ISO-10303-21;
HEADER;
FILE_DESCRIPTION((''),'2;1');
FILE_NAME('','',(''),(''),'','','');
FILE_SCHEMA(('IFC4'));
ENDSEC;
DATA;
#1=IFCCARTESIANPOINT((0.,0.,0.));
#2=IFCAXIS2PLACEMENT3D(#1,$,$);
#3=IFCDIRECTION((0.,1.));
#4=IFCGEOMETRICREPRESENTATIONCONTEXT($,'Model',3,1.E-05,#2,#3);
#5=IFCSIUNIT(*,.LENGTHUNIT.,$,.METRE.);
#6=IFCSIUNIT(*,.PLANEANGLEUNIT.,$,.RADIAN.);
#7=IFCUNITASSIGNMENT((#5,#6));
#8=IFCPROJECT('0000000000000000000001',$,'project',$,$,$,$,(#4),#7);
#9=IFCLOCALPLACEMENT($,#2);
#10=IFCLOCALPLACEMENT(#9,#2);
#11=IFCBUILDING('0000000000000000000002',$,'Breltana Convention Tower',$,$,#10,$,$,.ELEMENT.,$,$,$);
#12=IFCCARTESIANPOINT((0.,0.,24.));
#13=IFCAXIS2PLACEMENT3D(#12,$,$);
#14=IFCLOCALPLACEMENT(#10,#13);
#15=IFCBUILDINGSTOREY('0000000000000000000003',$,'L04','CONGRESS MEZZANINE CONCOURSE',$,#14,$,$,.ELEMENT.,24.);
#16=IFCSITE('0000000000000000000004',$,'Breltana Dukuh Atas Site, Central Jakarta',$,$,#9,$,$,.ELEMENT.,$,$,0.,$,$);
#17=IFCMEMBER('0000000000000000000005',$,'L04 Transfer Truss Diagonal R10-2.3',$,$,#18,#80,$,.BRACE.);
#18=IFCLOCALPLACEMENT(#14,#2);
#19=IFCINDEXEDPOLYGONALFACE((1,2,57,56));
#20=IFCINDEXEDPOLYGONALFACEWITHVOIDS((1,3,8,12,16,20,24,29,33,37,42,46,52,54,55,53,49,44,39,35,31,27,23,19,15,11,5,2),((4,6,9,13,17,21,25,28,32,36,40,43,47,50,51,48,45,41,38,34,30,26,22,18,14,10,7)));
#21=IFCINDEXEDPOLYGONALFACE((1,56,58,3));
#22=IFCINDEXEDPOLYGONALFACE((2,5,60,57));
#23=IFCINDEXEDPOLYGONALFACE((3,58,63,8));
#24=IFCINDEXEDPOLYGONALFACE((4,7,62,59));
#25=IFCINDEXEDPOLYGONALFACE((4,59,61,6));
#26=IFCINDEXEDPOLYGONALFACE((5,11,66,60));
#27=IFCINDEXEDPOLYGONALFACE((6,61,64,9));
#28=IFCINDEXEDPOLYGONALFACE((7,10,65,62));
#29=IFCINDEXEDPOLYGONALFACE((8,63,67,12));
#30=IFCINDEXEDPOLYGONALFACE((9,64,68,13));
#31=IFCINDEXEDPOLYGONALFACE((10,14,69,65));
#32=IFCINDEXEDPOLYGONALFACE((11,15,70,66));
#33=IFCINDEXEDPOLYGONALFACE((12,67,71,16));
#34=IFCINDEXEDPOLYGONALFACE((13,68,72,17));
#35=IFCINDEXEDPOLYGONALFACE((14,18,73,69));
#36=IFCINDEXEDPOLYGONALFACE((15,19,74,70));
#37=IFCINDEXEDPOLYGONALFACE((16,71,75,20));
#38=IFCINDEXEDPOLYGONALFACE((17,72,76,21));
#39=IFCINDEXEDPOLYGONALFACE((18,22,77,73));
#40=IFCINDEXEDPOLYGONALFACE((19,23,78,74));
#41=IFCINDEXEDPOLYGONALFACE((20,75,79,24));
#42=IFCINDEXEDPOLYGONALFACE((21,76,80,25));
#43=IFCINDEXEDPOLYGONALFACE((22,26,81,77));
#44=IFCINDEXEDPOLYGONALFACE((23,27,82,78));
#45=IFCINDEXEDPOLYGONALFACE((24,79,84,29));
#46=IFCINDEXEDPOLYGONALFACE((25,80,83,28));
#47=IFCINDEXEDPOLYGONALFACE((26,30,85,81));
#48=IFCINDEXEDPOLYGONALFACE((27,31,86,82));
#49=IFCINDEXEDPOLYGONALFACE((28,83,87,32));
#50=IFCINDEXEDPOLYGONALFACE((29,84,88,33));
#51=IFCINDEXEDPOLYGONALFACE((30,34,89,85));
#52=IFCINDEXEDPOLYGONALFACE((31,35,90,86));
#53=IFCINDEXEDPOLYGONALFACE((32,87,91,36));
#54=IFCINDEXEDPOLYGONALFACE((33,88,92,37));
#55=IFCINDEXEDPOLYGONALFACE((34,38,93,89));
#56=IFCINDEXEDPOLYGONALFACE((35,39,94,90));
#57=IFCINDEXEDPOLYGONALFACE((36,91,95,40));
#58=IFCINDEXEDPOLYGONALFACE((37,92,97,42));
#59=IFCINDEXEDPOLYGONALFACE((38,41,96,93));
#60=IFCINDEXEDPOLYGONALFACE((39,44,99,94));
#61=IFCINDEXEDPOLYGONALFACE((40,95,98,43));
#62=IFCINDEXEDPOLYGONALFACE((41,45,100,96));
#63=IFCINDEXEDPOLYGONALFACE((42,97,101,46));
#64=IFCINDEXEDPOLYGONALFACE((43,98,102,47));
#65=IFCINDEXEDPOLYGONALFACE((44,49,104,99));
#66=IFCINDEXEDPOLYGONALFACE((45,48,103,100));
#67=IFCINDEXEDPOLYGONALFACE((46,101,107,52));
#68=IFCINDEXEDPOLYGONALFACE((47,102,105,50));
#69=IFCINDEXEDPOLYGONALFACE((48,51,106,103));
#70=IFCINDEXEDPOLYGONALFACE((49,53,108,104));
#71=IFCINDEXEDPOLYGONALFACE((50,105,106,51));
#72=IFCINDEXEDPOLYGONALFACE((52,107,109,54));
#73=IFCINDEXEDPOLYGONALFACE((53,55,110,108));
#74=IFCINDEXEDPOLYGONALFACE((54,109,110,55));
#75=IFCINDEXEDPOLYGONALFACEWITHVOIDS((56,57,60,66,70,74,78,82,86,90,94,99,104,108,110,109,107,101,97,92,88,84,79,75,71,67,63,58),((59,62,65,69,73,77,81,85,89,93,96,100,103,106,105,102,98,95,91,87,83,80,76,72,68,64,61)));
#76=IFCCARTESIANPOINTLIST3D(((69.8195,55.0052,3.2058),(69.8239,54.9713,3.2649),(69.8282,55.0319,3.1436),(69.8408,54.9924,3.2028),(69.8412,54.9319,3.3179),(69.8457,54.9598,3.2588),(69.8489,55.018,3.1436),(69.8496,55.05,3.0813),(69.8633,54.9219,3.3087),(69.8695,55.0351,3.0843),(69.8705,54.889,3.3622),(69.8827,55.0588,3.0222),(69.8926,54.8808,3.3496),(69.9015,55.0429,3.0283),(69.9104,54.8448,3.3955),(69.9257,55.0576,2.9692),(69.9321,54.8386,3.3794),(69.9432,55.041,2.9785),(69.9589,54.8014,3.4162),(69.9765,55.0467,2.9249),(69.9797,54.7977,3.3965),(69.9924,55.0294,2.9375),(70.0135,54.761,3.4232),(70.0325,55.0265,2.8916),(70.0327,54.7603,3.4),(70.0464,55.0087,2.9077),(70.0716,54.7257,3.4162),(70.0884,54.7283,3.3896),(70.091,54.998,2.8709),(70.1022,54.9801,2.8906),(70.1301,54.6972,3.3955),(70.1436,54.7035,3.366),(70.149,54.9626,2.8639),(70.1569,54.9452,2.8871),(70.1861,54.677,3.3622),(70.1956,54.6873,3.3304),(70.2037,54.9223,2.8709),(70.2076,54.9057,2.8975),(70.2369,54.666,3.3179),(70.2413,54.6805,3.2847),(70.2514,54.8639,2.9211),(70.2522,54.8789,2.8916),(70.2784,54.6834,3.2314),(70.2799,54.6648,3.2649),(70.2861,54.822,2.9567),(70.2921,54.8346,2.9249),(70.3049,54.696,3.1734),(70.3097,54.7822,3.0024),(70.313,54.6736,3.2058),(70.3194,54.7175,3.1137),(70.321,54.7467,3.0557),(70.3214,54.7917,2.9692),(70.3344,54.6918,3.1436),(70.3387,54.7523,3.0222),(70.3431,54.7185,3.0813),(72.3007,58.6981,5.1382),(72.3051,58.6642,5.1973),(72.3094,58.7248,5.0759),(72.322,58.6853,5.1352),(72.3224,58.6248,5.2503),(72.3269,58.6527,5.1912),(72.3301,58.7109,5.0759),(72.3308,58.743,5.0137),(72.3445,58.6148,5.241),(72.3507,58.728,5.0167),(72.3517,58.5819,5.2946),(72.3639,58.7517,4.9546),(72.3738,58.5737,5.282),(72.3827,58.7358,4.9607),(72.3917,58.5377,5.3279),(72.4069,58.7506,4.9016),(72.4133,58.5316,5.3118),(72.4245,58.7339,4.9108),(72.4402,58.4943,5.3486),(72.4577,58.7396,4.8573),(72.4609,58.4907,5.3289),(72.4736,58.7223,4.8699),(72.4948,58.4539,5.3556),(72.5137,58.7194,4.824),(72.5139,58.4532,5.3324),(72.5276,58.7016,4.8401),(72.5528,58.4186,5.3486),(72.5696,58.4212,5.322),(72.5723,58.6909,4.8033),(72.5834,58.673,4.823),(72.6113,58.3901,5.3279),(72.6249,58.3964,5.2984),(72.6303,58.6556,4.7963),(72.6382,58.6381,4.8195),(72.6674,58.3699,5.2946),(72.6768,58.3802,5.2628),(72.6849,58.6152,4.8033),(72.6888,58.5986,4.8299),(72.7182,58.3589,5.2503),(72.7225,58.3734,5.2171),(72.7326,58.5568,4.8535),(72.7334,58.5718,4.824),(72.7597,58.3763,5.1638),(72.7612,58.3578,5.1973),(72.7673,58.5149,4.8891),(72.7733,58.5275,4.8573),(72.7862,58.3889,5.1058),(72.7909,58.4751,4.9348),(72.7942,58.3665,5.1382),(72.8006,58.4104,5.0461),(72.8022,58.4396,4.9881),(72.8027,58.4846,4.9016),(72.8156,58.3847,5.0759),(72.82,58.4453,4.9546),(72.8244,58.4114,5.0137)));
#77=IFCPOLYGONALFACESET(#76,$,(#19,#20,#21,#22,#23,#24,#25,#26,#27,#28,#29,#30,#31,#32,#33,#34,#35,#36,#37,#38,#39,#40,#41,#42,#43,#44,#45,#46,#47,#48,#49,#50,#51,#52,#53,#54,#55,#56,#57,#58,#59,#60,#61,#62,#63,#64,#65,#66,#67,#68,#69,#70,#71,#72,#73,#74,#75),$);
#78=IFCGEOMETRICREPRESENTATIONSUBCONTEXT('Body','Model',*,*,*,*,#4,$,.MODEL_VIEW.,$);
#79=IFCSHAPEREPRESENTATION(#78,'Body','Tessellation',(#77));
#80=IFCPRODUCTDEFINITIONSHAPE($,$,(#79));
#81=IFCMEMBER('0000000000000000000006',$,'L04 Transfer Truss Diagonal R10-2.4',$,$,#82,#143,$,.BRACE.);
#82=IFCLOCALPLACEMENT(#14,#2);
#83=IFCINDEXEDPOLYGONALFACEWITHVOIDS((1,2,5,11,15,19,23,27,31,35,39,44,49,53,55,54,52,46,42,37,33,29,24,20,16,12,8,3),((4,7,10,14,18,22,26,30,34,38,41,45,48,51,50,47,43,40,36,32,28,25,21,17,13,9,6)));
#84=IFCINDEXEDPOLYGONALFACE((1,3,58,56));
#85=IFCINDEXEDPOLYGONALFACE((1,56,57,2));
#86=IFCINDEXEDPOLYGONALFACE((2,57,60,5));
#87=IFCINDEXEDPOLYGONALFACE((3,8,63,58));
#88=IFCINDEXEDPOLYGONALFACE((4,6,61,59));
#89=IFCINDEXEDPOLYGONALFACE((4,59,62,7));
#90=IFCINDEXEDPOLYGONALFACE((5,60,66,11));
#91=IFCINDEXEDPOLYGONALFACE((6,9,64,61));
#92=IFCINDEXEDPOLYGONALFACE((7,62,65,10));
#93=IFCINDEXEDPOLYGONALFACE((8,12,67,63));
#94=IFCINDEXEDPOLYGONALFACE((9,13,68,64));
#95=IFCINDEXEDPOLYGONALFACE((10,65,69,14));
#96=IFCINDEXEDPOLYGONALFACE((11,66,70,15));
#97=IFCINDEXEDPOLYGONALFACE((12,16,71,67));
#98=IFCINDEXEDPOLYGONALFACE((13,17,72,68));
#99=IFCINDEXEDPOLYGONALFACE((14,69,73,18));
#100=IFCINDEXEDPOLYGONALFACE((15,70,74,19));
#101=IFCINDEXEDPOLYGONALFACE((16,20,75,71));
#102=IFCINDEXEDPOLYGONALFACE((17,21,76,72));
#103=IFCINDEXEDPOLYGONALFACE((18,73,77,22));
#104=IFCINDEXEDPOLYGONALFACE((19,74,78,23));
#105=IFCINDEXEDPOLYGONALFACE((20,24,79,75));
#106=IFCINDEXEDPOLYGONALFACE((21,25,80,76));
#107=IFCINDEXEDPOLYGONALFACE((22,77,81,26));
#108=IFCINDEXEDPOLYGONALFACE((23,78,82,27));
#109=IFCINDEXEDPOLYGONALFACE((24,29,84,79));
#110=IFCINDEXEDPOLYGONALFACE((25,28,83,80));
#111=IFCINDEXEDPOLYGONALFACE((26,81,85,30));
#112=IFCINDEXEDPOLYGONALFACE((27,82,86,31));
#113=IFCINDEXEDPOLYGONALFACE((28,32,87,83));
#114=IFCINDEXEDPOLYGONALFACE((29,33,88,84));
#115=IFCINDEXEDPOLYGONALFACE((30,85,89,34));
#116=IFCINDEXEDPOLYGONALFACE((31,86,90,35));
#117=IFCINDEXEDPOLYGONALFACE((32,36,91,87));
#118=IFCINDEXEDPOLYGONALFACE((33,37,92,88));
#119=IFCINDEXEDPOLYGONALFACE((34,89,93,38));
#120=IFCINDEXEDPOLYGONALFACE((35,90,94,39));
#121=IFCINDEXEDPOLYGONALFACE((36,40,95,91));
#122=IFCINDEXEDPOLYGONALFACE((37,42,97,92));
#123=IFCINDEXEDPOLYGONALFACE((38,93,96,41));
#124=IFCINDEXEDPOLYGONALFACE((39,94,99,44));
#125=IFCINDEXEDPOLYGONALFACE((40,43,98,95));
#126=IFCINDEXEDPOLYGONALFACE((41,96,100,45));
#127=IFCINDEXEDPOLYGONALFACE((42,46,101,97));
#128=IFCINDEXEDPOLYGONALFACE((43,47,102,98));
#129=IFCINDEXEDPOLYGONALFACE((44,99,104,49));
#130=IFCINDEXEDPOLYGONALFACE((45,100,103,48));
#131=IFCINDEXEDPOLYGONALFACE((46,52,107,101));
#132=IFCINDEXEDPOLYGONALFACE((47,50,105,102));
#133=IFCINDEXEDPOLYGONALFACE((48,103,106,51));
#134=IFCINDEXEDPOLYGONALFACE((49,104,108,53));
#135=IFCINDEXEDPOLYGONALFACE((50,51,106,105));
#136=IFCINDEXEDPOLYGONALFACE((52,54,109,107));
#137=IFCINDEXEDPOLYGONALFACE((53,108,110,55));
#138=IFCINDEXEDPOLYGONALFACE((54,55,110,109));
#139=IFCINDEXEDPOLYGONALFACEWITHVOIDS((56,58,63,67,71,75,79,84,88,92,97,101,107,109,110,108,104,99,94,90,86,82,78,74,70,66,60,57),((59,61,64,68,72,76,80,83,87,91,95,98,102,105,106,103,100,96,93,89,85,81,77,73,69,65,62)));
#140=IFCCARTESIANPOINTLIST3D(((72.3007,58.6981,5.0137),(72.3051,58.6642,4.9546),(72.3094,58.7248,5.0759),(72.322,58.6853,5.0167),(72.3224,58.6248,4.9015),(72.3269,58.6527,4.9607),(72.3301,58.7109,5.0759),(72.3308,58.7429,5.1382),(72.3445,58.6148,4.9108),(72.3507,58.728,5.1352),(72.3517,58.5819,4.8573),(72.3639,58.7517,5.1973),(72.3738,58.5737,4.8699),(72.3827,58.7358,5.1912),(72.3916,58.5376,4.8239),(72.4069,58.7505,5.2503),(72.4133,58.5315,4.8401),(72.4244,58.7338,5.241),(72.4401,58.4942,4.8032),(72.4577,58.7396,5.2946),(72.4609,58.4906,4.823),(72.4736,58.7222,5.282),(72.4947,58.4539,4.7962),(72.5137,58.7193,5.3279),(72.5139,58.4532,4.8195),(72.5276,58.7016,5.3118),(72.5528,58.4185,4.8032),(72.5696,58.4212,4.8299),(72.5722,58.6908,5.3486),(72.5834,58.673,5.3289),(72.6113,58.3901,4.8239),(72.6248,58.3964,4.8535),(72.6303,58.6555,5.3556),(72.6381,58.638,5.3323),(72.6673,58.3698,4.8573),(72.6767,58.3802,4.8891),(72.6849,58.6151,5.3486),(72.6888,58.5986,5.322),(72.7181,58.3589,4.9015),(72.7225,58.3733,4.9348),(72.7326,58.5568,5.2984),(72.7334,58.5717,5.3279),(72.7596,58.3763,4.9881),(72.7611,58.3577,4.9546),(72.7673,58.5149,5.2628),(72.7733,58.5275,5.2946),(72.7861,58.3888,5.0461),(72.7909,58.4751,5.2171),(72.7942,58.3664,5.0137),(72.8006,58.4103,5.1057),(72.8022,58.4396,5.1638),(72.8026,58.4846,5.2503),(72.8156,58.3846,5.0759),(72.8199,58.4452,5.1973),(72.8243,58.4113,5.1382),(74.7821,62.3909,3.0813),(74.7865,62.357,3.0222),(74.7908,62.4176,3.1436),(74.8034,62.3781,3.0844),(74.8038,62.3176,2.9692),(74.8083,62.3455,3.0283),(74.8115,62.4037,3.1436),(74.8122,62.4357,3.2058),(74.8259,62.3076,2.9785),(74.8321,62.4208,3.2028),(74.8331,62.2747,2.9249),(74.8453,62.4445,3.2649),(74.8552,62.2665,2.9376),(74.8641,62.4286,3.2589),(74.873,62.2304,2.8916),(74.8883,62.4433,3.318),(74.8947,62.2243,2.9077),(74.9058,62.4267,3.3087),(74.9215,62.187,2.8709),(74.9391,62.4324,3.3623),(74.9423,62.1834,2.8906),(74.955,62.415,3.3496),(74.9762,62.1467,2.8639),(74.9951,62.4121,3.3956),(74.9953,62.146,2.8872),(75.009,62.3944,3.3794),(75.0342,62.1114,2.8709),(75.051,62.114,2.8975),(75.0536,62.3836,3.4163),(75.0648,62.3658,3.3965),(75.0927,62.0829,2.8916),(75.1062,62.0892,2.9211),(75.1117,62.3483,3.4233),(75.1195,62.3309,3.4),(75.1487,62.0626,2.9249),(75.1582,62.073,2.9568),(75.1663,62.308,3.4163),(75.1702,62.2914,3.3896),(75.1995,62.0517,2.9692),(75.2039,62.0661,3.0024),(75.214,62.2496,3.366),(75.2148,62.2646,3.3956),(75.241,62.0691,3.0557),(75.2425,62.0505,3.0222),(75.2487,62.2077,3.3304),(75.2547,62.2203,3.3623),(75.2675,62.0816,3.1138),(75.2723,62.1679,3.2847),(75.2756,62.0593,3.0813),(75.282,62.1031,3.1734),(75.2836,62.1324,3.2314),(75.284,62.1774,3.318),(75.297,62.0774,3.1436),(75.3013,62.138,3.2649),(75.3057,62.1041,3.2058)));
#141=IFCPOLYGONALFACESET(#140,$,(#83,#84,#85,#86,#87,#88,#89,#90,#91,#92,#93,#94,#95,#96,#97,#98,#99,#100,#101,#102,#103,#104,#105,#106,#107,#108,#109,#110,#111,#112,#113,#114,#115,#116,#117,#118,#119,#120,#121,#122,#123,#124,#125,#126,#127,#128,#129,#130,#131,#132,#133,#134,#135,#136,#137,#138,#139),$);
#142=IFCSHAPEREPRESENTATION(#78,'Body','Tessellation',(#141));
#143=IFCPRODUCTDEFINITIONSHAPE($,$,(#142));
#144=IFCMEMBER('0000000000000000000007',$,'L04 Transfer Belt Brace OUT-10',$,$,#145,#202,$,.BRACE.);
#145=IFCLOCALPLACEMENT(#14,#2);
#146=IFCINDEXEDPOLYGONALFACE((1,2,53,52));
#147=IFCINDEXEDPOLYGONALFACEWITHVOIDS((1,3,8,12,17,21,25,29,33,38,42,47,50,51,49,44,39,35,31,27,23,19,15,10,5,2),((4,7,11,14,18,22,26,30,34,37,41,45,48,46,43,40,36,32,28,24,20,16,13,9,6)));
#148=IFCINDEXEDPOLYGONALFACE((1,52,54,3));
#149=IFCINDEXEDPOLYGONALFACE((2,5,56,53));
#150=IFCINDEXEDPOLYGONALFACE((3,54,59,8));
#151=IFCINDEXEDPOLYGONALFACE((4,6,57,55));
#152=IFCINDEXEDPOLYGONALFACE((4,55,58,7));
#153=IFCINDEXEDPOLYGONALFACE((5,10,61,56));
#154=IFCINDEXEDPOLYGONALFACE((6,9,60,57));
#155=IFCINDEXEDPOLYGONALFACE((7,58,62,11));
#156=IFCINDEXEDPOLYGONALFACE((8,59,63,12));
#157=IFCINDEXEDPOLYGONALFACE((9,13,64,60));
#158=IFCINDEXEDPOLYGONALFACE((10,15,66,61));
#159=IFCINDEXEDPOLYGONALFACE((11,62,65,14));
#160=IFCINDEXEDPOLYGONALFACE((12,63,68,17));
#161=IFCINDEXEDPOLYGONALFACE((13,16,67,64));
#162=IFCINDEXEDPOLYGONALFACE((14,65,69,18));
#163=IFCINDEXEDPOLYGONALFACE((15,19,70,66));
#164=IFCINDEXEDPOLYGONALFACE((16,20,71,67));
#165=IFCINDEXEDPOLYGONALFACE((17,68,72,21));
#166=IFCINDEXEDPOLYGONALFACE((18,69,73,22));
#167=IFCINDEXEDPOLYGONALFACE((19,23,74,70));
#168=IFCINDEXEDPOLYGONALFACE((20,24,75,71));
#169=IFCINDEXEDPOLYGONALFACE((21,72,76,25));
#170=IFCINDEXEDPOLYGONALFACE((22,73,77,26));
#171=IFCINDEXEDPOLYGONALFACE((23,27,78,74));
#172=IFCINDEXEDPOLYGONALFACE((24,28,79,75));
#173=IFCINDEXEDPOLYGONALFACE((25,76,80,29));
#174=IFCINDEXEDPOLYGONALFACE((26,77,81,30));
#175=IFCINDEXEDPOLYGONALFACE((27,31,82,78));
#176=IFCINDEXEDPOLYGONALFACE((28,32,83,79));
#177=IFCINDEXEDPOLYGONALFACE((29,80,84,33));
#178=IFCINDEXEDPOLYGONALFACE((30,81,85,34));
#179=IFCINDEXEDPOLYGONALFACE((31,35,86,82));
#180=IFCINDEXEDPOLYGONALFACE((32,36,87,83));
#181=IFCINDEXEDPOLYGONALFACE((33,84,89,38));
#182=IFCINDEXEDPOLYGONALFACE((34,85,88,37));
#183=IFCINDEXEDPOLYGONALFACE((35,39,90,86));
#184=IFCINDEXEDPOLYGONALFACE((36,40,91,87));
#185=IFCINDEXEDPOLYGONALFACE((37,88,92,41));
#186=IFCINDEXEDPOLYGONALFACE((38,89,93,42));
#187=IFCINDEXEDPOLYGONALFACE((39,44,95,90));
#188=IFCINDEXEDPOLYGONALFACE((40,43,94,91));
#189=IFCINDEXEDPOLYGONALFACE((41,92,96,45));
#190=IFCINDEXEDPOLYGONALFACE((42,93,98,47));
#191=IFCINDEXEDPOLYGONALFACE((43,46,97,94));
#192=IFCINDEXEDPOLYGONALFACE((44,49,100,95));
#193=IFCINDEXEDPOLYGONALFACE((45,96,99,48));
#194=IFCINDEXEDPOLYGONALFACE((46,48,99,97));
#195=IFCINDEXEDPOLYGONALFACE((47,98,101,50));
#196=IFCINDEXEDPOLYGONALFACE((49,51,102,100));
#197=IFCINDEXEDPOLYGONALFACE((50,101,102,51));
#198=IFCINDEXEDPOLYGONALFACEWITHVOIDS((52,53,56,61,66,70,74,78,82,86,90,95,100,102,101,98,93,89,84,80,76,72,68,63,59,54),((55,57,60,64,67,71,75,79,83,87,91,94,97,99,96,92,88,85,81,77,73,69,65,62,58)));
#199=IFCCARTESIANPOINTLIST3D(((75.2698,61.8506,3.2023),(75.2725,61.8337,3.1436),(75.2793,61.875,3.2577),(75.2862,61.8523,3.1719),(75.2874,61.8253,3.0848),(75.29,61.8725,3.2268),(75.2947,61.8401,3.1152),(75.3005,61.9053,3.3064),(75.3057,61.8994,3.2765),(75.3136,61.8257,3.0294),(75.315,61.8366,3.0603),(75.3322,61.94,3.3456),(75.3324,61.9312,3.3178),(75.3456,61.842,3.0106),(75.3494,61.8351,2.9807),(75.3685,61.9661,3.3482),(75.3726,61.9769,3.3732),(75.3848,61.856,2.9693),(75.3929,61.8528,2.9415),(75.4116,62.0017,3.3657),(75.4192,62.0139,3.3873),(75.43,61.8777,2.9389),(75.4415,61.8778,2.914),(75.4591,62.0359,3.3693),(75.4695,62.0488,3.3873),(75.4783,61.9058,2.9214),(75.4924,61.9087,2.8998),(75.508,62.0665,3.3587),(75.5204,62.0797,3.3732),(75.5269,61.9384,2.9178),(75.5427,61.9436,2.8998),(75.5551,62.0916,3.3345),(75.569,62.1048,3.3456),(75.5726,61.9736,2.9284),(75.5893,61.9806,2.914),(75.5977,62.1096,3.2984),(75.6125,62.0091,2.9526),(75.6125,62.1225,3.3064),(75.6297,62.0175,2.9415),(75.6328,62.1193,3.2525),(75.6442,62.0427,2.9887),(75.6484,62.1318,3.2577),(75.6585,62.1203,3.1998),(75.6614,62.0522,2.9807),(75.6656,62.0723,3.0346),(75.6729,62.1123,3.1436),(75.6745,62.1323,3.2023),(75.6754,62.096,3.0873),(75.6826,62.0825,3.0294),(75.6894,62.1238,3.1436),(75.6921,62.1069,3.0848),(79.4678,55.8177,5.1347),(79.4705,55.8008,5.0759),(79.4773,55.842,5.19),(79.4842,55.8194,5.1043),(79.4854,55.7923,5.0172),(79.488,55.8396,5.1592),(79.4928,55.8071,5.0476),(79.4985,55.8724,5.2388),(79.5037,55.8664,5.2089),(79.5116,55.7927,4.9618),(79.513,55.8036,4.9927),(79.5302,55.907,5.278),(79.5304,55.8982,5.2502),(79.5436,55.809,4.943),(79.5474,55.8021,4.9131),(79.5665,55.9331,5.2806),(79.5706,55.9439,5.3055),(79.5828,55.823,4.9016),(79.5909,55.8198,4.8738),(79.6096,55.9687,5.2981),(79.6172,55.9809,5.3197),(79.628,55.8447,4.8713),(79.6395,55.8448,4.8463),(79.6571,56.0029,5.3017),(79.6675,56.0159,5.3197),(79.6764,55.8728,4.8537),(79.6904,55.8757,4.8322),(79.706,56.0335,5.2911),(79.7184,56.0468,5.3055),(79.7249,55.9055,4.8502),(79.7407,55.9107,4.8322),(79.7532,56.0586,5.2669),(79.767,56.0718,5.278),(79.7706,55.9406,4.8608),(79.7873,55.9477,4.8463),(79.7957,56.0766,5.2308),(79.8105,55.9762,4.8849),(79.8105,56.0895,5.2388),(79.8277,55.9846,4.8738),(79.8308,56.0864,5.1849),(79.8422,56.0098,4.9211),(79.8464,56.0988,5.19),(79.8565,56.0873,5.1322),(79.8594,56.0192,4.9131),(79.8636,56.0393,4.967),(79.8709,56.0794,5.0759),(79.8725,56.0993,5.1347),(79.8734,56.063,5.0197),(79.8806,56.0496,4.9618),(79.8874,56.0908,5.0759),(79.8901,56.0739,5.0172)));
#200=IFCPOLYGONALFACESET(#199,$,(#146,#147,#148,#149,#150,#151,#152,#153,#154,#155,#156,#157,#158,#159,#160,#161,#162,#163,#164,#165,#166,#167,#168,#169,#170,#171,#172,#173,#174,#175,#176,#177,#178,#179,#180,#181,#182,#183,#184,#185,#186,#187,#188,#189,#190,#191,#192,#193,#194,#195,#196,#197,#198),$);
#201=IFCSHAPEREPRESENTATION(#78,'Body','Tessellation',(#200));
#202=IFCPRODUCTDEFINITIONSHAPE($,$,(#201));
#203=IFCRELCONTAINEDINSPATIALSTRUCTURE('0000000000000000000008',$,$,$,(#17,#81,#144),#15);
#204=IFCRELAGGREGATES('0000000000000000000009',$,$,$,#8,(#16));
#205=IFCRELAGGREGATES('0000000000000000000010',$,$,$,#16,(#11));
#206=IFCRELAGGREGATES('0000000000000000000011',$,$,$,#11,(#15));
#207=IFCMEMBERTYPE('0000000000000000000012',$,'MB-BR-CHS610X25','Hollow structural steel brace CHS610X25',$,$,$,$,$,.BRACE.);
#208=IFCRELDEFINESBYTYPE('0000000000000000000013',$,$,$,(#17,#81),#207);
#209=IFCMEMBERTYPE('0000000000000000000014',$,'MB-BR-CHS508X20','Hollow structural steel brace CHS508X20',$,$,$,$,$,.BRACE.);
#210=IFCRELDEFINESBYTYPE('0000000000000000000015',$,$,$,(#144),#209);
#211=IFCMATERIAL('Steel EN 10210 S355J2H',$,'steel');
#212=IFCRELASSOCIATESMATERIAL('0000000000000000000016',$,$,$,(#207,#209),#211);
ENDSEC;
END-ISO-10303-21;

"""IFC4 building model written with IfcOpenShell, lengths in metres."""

from ifc_helpers import new_model, si_unit, direction, frame, origin, origin_2d, place, context, subcontext, project, spatial, hollow_circle, extrude, source, transform, mapped, material, material_profile, profile_set, type_object, element, save


model = new_model("IFC4")

# Units and contexts
model_context = context("Model", 3, precision=1e-05, world=origin(), true_north=direction((0.0, 1.0)))
body_context = subcontext(model_context, "Body", "Model", "MODEL_VIEW")
ifc_project = project(units=[si_unit("LENGTHUNIT", "METRE"), si_unit("PLANEANGLEUNIT", "RADIAN")], contexts=[model_context])

# Site, building, storey
site_placement = place(None, origin())
site = spatial("IfcSite", under=ifc_project, at=site_placement, Name="Breltana Dukuh Atas Site, Central Jakarta", CompositionType="ELEMENT", RefElevation=0.0)
building_placement = place(site_placement, origin())
building = spatial("IfcBuilding", under=site, at=building_placement, Name="Breltana Convention Tower", CompositionType="ELEMENT")
storey_placement = place(building_placement, frame((0.0, 0.0, 24.0)))
storey = spatial("IfcBuildingStorey", under=building, at=storey_placement, Name="L04", Description="CONGRESS MEZZANINE CONCOURSE", CompositionType="ELEMENT", Elevation=24.0)

# Members
ifc_material_1 = material(Name="Steel EN 10210 S355J2H", Category="steel")
ifc_material_profile_1 = material_profile(ifc_material_1, hollow_circle(Radius=0.3049, WallThickness=0.0249, at=origin_2d()), Name="CHS610X25")
ifc_profile_set_1 = profile_set([ifc_material_profile_1], Name="Steel EN 10210 S355J2H")
member_type_1 = type_object("IfcMemberType", Name="MB-BR-CHS610X25", Description="Hollow structural steel brace CHS610X25", PredefinedType="BRACE", material=ifc_profile_set_1)
shared_shape_1 = source(origin(), body_context, "Body", "SweptSolid", [
    extrude(hollow_circle(Radius=0.3049, WallThickness=0.0249, at=origin_2d()), origin(), (0.0, 0.0, 1.0), 4.8506),
])
for number, where, z_axis, x_axis, name in (
    (1, (70.0813, 54.8618, 3.1436), (0.511531, 0.761332, 0.398383), (-0.830044, 0.557698, 0.0), "L04 Transfer Truss Diagonal R10-2.3"),
    (2, (72.5625, 58.5547, 5.0759), (0.511568, 0.761313, -0.398373), (-0.830019, 0.557736, 0.0), "L04 Transfer Truss Diagonal R10-2.4"),
):
    element("IfcMember", number, at=place(storey_placement, frame(where, z_axis=z_axis, x_axis=x_axis)), inside=storey, type_object=member_type_1, Name=name, PredefinedType="BRACE", context=body_context, shape_type="MappedRepresentation", body=[
        mapped(shared_shape_1, transform((0.0, 0.0, 0.0), scale=1.0)),
    ])
ifc_material_profile_2 = material_profile(ifc_material_1, hollow_circle(Radius=0.2539, WallThickness=0.02, at=origin_2d()), Name="CHS508X20")
ifc_profile_set_2 = profile_set([ifc_material_profile_2], Name="Steel EN 10210 S355J2H")
member_type_2 = type_object("IfcMemberType", Name="MB-BR-CHS508X20", Description="Hollow structural steel brace CHS508X20", PredefinedType="BRACE", material=ifc_profile_set_2)
shared_shape_2 = source(origin(), body_context, "Body", "SweptSolid", [
    extrude(hollow_circle(Radius=0.2539, WallThickness=0.02, at=origin_2d()), origin(), (0.0, 0.0, 1.0), 7.5996),
])
member_1_placement = place(storey_placement, frame((75.481, 61.9788, 3.1436), z_axis=(0.552398, -0.793853, 0.254273), x_axis=(0.820831, 0.571171, 0.0)))
element("IfcMember", 3, at=member_1_placement, inside=storey, type_object=member_type_2, Name="L04 Transfer Belt Brace OUT-10", PredefinedType="BRACE", context=body_context, shape_type="MappedRepresentation", body=[
    mapped(shared_shape_2, transform((0.0, 0.0, 0.0), scale=1.0)),
])

save(model, "model.ifc")
